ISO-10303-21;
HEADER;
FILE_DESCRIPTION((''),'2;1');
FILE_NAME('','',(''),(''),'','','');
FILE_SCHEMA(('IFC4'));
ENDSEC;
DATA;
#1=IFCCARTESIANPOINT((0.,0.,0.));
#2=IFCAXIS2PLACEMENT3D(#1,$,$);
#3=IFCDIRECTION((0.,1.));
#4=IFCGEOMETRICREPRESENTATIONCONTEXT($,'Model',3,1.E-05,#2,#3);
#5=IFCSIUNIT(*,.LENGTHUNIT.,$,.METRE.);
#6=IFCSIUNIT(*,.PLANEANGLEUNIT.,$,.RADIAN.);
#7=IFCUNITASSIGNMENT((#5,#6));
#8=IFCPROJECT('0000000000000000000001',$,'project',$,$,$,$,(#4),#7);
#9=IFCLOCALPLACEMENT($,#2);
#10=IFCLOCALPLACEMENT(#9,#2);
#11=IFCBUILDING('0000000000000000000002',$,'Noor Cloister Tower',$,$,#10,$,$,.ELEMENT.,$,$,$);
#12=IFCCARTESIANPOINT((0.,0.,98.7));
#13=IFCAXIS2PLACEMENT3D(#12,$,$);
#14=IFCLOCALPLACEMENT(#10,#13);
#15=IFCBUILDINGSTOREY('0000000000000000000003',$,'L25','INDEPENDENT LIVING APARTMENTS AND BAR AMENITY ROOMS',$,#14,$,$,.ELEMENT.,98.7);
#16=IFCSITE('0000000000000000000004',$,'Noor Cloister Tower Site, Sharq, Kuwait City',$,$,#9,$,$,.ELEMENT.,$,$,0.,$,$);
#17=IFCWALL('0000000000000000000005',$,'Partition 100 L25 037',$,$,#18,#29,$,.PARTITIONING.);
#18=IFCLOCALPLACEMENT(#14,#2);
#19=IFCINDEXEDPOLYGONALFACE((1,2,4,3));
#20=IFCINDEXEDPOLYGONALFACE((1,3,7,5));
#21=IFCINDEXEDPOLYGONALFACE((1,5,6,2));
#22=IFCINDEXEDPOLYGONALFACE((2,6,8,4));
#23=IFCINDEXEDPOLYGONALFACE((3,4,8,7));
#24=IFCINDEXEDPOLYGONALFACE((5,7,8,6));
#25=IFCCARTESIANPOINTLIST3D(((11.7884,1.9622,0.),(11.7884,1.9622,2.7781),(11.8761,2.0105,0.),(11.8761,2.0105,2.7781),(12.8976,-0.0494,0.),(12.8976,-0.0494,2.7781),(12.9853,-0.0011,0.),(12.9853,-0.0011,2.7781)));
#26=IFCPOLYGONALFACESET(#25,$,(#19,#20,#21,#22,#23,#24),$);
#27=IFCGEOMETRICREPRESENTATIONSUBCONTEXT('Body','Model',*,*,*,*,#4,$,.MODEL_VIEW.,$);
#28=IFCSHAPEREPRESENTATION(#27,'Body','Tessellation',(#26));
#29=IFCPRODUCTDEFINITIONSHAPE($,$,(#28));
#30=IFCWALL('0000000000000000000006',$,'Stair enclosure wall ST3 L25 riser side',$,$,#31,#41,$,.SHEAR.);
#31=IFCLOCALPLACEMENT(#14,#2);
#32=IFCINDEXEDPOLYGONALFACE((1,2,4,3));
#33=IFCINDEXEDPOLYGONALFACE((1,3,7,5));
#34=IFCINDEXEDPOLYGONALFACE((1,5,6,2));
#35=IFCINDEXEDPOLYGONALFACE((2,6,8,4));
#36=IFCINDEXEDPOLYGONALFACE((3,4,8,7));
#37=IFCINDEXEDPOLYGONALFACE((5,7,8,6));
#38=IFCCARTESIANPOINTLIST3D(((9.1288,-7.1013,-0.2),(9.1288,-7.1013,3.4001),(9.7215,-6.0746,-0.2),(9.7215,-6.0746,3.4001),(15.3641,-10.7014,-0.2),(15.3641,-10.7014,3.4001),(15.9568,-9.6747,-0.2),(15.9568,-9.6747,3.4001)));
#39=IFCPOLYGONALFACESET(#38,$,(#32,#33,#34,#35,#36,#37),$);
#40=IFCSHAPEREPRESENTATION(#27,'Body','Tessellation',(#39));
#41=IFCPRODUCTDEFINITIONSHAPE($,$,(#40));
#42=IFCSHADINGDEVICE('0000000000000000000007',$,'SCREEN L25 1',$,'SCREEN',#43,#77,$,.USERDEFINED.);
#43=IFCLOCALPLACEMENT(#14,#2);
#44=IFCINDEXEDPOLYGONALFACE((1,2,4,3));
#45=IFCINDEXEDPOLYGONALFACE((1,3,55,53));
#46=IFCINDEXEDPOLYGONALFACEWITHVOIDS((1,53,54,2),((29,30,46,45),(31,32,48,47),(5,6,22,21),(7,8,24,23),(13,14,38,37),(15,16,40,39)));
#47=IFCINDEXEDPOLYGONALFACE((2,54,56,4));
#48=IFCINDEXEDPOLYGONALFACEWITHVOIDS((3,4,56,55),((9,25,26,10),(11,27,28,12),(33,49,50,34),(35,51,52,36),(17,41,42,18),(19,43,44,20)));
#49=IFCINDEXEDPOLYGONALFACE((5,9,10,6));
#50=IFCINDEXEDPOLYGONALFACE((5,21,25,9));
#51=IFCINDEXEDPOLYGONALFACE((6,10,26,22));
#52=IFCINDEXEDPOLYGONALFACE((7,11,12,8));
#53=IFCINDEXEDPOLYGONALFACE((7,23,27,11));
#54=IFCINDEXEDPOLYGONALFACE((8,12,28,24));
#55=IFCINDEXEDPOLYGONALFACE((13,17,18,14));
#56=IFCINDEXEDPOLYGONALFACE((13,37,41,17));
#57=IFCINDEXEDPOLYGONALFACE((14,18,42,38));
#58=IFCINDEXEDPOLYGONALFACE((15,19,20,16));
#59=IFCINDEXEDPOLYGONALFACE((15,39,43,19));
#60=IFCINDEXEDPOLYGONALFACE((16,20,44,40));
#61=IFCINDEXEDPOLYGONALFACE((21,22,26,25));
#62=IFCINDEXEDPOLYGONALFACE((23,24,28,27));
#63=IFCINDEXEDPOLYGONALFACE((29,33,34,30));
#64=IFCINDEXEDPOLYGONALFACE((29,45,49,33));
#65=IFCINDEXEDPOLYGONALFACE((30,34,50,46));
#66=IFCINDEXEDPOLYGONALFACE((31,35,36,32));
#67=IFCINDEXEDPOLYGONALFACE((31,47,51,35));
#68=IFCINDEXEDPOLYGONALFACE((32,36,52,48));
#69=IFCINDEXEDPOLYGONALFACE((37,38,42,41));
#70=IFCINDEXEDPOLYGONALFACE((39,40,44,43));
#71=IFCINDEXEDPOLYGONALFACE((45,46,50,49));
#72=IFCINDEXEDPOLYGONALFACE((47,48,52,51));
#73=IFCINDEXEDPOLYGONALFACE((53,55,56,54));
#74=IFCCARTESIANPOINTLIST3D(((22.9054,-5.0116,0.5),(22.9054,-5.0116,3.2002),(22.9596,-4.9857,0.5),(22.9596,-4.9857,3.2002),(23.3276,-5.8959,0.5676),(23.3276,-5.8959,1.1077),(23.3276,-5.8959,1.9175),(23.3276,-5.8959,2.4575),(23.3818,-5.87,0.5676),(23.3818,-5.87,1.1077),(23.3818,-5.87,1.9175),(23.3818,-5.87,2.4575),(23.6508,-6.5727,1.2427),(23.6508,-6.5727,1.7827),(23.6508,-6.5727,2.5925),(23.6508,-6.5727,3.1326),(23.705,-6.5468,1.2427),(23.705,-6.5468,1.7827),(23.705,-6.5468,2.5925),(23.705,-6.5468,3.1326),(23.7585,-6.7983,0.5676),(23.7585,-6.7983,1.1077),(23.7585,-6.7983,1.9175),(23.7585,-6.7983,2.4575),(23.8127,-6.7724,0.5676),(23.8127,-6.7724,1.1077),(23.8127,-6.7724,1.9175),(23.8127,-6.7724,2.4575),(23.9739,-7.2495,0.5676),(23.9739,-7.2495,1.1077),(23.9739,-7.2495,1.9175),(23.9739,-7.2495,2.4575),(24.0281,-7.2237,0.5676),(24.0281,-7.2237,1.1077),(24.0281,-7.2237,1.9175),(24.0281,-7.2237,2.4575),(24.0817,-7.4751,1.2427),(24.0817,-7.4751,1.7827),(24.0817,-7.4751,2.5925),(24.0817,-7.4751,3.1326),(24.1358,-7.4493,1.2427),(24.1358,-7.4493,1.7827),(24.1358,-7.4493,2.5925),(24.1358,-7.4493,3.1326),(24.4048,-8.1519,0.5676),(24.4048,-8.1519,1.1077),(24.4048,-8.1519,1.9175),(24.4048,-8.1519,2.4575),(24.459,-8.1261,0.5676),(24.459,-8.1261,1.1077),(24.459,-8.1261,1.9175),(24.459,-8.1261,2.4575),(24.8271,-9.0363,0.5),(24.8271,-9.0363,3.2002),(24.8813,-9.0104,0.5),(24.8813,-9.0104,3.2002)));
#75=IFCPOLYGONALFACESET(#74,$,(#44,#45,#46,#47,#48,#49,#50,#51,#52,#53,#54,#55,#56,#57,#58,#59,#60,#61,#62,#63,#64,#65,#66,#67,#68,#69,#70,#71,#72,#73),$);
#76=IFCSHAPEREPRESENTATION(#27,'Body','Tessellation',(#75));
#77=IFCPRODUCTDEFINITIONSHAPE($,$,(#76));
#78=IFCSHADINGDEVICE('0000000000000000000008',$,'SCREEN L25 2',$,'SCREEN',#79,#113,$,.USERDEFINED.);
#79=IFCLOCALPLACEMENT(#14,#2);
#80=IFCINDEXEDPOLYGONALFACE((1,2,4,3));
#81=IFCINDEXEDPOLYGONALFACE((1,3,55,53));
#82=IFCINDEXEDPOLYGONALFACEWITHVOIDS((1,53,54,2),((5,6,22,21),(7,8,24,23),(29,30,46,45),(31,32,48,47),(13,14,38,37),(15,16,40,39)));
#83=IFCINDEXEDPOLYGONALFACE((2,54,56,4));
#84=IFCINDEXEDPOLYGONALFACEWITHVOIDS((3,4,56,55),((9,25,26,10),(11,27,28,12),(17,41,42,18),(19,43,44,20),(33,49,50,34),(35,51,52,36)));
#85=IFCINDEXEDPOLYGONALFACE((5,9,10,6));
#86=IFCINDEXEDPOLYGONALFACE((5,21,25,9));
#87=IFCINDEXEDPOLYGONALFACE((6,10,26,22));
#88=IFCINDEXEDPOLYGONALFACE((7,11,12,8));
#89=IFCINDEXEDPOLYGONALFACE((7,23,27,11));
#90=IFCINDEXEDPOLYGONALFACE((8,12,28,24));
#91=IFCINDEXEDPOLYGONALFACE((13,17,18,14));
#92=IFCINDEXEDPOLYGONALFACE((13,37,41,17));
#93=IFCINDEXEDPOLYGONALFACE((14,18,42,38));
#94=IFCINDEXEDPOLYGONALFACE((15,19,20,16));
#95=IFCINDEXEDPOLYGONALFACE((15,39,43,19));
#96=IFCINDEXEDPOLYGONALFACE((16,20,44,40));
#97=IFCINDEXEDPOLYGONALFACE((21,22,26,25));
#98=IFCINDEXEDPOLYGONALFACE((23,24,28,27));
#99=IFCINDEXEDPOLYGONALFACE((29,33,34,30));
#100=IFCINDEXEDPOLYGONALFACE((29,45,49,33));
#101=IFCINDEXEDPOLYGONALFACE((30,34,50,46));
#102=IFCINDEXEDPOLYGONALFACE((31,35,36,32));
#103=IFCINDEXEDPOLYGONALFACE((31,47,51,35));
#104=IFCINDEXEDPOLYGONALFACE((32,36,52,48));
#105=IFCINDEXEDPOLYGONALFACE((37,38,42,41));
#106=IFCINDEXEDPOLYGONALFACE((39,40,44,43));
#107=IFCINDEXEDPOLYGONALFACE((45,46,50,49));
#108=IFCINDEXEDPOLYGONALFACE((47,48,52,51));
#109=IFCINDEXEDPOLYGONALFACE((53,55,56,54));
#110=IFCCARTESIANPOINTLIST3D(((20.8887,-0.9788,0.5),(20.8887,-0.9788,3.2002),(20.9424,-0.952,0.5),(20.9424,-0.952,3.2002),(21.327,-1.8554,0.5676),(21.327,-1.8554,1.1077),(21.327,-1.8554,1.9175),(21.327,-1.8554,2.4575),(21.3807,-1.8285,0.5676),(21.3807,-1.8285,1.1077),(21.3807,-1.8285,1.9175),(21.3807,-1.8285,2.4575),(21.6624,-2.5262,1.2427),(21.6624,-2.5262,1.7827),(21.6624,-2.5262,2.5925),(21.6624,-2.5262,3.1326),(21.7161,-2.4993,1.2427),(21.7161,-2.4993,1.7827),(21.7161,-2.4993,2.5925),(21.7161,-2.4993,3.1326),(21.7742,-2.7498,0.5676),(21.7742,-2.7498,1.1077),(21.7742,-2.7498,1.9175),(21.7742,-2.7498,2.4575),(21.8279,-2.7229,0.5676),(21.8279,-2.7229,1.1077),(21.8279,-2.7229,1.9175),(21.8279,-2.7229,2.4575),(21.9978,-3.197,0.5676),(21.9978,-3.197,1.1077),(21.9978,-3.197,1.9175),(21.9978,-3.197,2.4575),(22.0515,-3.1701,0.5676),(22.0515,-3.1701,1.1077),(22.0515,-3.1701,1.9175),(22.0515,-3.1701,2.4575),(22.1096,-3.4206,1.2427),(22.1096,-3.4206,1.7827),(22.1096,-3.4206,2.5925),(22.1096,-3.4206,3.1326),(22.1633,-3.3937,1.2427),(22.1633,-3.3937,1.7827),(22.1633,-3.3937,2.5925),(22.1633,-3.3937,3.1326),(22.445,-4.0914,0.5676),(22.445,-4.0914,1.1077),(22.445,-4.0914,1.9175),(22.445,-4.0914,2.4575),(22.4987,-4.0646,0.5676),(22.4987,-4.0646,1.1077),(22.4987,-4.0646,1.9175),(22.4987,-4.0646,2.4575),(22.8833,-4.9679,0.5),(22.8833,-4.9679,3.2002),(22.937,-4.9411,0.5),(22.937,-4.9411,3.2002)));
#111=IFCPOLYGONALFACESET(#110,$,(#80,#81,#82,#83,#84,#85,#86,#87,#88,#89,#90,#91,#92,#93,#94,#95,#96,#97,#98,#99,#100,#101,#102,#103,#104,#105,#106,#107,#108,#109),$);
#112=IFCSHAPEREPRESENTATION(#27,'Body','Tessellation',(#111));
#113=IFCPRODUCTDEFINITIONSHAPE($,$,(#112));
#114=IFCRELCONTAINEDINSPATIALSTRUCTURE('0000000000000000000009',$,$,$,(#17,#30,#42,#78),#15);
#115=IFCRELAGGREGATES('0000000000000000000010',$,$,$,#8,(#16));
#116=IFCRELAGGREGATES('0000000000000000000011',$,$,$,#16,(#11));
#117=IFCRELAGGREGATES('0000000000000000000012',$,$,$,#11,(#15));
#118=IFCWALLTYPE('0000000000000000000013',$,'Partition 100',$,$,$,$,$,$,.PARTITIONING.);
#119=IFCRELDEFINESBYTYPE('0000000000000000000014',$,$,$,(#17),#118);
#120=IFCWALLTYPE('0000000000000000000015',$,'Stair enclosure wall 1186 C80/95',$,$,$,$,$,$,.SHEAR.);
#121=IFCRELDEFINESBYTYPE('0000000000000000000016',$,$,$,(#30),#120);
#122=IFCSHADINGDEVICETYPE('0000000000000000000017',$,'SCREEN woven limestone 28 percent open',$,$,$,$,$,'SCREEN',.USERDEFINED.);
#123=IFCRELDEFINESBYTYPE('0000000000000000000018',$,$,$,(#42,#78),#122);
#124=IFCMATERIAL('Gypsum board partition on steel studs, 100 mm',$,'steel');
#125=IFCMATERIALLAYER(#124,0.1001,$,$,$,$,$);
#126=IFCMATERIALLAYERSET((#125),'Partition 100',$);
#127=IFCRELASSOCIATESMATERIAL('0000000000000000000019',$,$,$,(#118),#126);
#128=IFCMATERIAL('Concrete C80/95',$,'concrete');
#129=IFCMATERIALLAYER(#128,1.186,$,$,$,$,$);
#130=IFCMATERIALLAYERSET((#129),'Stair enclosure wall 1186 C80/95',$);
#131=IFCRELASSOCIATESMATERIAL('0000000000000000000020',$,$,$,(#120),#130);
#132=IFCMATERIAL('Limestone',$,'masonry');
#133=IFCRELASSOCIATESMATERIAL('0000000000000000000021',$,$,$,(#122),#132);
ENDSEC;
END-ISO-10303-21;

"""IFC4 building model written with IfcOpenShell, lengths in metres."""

from ifc_helpers import new_model, si_unit, direction, frame, frame_2d, origin, place, context, subcontext, project, spatial, polyline, rectangle, outline, extrude, material, layer, layer_set, material_profile, profile_set, type_object, element, save


model = new_model("IFC4")

# Units and contexts
model_context = context("Model", 3, precision=1e-05, world=origin(), true_north=direction((0.0, 1.0)))
body_context = subcontext(model_context, "Body", "Model", "MODEL_VIEW")
ifc_project = project(units=[si_unit("LENGTHUNIT", "METRE"), si_unit("PLANEANGLEUNIT", "RADIAN")], contexts=[model_context])

# Site, building, storey
site_placement = place(None, origin())
site = spatial("IfcSite", under=ifc_project, at=site_placement, Name="Noor Cloister Tower Site, Sharq, Kuwait City", CompositionType="ELEMENT", RefElevation=0.0)
building_placement = place(site_placement, origin())
building = spatial("IfcBuilding", under=site, at=building_placement, Name="Noor Cloister Tower", CompositionType="ELEMENT")
storey_placement = place(building_placement, frame((0.0, 0.0, 98.7)))
storey = spatial("IfcBuildingStorey", under=building, at=storey_placement, Name="L25", Description="INDEPENDENT LIVING APARTMENTS AND BAR AMENITY ROOMS", CompositionType="ELEMENT", Elevation=98.7)

# Shared definitions
ifc_material_1 = material(Name="Gypsum board partition on steel studs, 100 mm", Category="steel")
ifc_layer_1 = layer(ifc_material_1, 0.1001)
ifc_layer_set_1 = layer_set([ifc_layer_1], Name="Partition 100")
wall_type_1 = type_object("IfcWallType", Name="Partition 100", PredefinedType="PARTITIONING", material=ifc_layer_set_1)

# Walls
wall_1_placement = place(storey_placement, frame((12.9414, -0.0251, 0.0), z_axis=(0.0, 0.0, 1.0), x_axis=(-0.482861, 0.875697, 0.0)))
element("IfcWall", 1, at=wall_1_placement, inside=storey, type_object=wall_type_1, Name="Partition 100 L25 037", PredefinedType="PARTITIONING", context=body_context, shape_type="SweptSolid", body=[
    extrude(rectangle(XDim=2.2971, YDim=0.1001, at=frame_2d((1.1484, 0.0))), origin(), (0.0, 0.0, 1.0), 2.7781),
])
ifc_material_2 = material(Name="Concrete C80/95", Category="concrete")
ifc_layer_2 = layer(ifc_material_2, 1.186)
ifc_layer_set_2 = layer_set([ifc_layer_2], Name="Stair enclosure wall 1186 C80/95")
wall_type_2 = type_object("IfcWallType", Name="Stair enclosure wall 1186 C80/95", PredefinedType="SHEAR", material=ifc_layer_set_2)
wall_2_placement = place(storey_placement, frame((9.425, -6.5879, -0.2), z_axis=(0.0, 0.0, 1.0), x_axis=(0.866018, -0.500012, 0.0)))
element("IfcWall", 2, at=wall_2_placement, inside=storey, type_object=wall_type_2, Name="Stair enclosure wall ST3 L25 riser side", PredefinedType="SHEAR", context=body_context, shape_type="SweptSolid", body=[
    extrude(rectangle(XDim=7.2, YDim=1.1855, at=frame_2d((3.6001, 0.0))), origin(), (0.0, 0.0, 1.0), 3.6001),
])

# Shading devices
ifc_material_3 = material(Name="Limestone", Category="masonry")
ifc_material_profile_1 = material_profile(ifc_material_3, outline(polyline([(-2.23, -1.3501), (2.23, -1.3501), (2.23, 1.3501), (-2.23, 1.3501), (-2.23, -1.3501)]), holes=[polyline([(-1.25, -1.2825), (-0.25, -1.2825), (-0.25, -0.7424), (-1.25, -0.7424), (-1.25, -1.2825)]), polyline([(0.25, -1.2825), (1.25, -1.2825), (1.25, -0.7424), (0.25, -0.7424), (0.25, -1.2825)]), polyline([(-0.5, -0.6074), (0.5, -0.6074), (0.5, -0.0674), (-0.5, -0.0674), (-0.5, -0.6074)]), polyline([(-1.25, 0.0674), (-0.25, 0.0674), (-0.25, 0.6074), (-1.25, 0.6074), (-1.25, 0.0674)]), polyline([(0.25, 0.0674), (1.25, 0.0674), (1.25, 0.6074), (0.25, 0.6074), (0.25, 0.0674)]), polyline([(-0.5, 0.7424), (0.5, 0.7424), (0.5, 1.2825), (-0.5, 1.2825), (-0.5, 0.7424)])]), Name="Woven screen 28 percent open")
ifc_profile_set_1 = profile_set([ifc_material_profile_1], Name="Limestone")
shading_device_type = type_object("IfcShadingDeviceType", Name="SCREEN woven limestone 28 percent open", ElementType="SCREEN", PredefinedType="USERDEFINED", material=ifc_profile_set_1)
for number, where, z_axis, x_axis, name in (
    (3, (23.8662, -7.0239, 1.8501), (0.902409, 0.43088, 0.0), (-0.43088, 0.902409, 0.0), "SCREEN L25 1"),
    (4, (21.886, -2.9734, 1.8501), (0.894427, 0.447214, 0.0), (-0.447214, 0.894427, 0.0), "SCREEN L25 2"),
):
    element("IfcShadingDevice", number, at=place(storey_placement, frame(where, z_axis=z_axis, x_axis=x_axis)), inside=storey, type_object=shading_device_type, Name=name, ObjectType="SCREEN", PredefinedType="USERDEFINED", context=body_context, shape_type="SweptSolid", body=[
        extrude(outline(polyline([(-2.23, -1.3501), (2.23, -1.3501), (2.23, 1.3501), (-2.23, 1.3501), (-2.23, -1.3501)]), holes=[polyline([(-1.25, -1.2825), (-0.25, -1.2825), (-0.25, -0.7424), (-1.25, -0.7424), (-1.25, -1.2825)]), polyline([(0.25, -1.2825), (1.25, -1.2825), (1.25, -0.7424), (0.25, -0.7424), (0.25, -1.2825)]), polyline([(-0.5, -0.6074), (0.5, -0.6074), (0.5, -0.0674), (-0.5, -0.0674), (-0.5, -0.6074)]), polyline([(-1.25, 0.0674), (-0.25, 0.0674), (-0.25, 0.6074), (-1.25, 0.6074), (-1.25, 0.0674)]), polyline([(0.25, 0.0674), (1.25, 0.0674), (1.25, 0.6074), (0.25, 0.6074), (0.25, 0.0674)]), polyline([(-0.5, 0.7424), (0.5, 0.7424), (0.5, 1.2825), (-0.5, 1.2825), (-0.5, 0.7424)])]), origin(), (0.0, 0.0, 1.0), 0.0601),
    ])

save(model, "model.ifc")
